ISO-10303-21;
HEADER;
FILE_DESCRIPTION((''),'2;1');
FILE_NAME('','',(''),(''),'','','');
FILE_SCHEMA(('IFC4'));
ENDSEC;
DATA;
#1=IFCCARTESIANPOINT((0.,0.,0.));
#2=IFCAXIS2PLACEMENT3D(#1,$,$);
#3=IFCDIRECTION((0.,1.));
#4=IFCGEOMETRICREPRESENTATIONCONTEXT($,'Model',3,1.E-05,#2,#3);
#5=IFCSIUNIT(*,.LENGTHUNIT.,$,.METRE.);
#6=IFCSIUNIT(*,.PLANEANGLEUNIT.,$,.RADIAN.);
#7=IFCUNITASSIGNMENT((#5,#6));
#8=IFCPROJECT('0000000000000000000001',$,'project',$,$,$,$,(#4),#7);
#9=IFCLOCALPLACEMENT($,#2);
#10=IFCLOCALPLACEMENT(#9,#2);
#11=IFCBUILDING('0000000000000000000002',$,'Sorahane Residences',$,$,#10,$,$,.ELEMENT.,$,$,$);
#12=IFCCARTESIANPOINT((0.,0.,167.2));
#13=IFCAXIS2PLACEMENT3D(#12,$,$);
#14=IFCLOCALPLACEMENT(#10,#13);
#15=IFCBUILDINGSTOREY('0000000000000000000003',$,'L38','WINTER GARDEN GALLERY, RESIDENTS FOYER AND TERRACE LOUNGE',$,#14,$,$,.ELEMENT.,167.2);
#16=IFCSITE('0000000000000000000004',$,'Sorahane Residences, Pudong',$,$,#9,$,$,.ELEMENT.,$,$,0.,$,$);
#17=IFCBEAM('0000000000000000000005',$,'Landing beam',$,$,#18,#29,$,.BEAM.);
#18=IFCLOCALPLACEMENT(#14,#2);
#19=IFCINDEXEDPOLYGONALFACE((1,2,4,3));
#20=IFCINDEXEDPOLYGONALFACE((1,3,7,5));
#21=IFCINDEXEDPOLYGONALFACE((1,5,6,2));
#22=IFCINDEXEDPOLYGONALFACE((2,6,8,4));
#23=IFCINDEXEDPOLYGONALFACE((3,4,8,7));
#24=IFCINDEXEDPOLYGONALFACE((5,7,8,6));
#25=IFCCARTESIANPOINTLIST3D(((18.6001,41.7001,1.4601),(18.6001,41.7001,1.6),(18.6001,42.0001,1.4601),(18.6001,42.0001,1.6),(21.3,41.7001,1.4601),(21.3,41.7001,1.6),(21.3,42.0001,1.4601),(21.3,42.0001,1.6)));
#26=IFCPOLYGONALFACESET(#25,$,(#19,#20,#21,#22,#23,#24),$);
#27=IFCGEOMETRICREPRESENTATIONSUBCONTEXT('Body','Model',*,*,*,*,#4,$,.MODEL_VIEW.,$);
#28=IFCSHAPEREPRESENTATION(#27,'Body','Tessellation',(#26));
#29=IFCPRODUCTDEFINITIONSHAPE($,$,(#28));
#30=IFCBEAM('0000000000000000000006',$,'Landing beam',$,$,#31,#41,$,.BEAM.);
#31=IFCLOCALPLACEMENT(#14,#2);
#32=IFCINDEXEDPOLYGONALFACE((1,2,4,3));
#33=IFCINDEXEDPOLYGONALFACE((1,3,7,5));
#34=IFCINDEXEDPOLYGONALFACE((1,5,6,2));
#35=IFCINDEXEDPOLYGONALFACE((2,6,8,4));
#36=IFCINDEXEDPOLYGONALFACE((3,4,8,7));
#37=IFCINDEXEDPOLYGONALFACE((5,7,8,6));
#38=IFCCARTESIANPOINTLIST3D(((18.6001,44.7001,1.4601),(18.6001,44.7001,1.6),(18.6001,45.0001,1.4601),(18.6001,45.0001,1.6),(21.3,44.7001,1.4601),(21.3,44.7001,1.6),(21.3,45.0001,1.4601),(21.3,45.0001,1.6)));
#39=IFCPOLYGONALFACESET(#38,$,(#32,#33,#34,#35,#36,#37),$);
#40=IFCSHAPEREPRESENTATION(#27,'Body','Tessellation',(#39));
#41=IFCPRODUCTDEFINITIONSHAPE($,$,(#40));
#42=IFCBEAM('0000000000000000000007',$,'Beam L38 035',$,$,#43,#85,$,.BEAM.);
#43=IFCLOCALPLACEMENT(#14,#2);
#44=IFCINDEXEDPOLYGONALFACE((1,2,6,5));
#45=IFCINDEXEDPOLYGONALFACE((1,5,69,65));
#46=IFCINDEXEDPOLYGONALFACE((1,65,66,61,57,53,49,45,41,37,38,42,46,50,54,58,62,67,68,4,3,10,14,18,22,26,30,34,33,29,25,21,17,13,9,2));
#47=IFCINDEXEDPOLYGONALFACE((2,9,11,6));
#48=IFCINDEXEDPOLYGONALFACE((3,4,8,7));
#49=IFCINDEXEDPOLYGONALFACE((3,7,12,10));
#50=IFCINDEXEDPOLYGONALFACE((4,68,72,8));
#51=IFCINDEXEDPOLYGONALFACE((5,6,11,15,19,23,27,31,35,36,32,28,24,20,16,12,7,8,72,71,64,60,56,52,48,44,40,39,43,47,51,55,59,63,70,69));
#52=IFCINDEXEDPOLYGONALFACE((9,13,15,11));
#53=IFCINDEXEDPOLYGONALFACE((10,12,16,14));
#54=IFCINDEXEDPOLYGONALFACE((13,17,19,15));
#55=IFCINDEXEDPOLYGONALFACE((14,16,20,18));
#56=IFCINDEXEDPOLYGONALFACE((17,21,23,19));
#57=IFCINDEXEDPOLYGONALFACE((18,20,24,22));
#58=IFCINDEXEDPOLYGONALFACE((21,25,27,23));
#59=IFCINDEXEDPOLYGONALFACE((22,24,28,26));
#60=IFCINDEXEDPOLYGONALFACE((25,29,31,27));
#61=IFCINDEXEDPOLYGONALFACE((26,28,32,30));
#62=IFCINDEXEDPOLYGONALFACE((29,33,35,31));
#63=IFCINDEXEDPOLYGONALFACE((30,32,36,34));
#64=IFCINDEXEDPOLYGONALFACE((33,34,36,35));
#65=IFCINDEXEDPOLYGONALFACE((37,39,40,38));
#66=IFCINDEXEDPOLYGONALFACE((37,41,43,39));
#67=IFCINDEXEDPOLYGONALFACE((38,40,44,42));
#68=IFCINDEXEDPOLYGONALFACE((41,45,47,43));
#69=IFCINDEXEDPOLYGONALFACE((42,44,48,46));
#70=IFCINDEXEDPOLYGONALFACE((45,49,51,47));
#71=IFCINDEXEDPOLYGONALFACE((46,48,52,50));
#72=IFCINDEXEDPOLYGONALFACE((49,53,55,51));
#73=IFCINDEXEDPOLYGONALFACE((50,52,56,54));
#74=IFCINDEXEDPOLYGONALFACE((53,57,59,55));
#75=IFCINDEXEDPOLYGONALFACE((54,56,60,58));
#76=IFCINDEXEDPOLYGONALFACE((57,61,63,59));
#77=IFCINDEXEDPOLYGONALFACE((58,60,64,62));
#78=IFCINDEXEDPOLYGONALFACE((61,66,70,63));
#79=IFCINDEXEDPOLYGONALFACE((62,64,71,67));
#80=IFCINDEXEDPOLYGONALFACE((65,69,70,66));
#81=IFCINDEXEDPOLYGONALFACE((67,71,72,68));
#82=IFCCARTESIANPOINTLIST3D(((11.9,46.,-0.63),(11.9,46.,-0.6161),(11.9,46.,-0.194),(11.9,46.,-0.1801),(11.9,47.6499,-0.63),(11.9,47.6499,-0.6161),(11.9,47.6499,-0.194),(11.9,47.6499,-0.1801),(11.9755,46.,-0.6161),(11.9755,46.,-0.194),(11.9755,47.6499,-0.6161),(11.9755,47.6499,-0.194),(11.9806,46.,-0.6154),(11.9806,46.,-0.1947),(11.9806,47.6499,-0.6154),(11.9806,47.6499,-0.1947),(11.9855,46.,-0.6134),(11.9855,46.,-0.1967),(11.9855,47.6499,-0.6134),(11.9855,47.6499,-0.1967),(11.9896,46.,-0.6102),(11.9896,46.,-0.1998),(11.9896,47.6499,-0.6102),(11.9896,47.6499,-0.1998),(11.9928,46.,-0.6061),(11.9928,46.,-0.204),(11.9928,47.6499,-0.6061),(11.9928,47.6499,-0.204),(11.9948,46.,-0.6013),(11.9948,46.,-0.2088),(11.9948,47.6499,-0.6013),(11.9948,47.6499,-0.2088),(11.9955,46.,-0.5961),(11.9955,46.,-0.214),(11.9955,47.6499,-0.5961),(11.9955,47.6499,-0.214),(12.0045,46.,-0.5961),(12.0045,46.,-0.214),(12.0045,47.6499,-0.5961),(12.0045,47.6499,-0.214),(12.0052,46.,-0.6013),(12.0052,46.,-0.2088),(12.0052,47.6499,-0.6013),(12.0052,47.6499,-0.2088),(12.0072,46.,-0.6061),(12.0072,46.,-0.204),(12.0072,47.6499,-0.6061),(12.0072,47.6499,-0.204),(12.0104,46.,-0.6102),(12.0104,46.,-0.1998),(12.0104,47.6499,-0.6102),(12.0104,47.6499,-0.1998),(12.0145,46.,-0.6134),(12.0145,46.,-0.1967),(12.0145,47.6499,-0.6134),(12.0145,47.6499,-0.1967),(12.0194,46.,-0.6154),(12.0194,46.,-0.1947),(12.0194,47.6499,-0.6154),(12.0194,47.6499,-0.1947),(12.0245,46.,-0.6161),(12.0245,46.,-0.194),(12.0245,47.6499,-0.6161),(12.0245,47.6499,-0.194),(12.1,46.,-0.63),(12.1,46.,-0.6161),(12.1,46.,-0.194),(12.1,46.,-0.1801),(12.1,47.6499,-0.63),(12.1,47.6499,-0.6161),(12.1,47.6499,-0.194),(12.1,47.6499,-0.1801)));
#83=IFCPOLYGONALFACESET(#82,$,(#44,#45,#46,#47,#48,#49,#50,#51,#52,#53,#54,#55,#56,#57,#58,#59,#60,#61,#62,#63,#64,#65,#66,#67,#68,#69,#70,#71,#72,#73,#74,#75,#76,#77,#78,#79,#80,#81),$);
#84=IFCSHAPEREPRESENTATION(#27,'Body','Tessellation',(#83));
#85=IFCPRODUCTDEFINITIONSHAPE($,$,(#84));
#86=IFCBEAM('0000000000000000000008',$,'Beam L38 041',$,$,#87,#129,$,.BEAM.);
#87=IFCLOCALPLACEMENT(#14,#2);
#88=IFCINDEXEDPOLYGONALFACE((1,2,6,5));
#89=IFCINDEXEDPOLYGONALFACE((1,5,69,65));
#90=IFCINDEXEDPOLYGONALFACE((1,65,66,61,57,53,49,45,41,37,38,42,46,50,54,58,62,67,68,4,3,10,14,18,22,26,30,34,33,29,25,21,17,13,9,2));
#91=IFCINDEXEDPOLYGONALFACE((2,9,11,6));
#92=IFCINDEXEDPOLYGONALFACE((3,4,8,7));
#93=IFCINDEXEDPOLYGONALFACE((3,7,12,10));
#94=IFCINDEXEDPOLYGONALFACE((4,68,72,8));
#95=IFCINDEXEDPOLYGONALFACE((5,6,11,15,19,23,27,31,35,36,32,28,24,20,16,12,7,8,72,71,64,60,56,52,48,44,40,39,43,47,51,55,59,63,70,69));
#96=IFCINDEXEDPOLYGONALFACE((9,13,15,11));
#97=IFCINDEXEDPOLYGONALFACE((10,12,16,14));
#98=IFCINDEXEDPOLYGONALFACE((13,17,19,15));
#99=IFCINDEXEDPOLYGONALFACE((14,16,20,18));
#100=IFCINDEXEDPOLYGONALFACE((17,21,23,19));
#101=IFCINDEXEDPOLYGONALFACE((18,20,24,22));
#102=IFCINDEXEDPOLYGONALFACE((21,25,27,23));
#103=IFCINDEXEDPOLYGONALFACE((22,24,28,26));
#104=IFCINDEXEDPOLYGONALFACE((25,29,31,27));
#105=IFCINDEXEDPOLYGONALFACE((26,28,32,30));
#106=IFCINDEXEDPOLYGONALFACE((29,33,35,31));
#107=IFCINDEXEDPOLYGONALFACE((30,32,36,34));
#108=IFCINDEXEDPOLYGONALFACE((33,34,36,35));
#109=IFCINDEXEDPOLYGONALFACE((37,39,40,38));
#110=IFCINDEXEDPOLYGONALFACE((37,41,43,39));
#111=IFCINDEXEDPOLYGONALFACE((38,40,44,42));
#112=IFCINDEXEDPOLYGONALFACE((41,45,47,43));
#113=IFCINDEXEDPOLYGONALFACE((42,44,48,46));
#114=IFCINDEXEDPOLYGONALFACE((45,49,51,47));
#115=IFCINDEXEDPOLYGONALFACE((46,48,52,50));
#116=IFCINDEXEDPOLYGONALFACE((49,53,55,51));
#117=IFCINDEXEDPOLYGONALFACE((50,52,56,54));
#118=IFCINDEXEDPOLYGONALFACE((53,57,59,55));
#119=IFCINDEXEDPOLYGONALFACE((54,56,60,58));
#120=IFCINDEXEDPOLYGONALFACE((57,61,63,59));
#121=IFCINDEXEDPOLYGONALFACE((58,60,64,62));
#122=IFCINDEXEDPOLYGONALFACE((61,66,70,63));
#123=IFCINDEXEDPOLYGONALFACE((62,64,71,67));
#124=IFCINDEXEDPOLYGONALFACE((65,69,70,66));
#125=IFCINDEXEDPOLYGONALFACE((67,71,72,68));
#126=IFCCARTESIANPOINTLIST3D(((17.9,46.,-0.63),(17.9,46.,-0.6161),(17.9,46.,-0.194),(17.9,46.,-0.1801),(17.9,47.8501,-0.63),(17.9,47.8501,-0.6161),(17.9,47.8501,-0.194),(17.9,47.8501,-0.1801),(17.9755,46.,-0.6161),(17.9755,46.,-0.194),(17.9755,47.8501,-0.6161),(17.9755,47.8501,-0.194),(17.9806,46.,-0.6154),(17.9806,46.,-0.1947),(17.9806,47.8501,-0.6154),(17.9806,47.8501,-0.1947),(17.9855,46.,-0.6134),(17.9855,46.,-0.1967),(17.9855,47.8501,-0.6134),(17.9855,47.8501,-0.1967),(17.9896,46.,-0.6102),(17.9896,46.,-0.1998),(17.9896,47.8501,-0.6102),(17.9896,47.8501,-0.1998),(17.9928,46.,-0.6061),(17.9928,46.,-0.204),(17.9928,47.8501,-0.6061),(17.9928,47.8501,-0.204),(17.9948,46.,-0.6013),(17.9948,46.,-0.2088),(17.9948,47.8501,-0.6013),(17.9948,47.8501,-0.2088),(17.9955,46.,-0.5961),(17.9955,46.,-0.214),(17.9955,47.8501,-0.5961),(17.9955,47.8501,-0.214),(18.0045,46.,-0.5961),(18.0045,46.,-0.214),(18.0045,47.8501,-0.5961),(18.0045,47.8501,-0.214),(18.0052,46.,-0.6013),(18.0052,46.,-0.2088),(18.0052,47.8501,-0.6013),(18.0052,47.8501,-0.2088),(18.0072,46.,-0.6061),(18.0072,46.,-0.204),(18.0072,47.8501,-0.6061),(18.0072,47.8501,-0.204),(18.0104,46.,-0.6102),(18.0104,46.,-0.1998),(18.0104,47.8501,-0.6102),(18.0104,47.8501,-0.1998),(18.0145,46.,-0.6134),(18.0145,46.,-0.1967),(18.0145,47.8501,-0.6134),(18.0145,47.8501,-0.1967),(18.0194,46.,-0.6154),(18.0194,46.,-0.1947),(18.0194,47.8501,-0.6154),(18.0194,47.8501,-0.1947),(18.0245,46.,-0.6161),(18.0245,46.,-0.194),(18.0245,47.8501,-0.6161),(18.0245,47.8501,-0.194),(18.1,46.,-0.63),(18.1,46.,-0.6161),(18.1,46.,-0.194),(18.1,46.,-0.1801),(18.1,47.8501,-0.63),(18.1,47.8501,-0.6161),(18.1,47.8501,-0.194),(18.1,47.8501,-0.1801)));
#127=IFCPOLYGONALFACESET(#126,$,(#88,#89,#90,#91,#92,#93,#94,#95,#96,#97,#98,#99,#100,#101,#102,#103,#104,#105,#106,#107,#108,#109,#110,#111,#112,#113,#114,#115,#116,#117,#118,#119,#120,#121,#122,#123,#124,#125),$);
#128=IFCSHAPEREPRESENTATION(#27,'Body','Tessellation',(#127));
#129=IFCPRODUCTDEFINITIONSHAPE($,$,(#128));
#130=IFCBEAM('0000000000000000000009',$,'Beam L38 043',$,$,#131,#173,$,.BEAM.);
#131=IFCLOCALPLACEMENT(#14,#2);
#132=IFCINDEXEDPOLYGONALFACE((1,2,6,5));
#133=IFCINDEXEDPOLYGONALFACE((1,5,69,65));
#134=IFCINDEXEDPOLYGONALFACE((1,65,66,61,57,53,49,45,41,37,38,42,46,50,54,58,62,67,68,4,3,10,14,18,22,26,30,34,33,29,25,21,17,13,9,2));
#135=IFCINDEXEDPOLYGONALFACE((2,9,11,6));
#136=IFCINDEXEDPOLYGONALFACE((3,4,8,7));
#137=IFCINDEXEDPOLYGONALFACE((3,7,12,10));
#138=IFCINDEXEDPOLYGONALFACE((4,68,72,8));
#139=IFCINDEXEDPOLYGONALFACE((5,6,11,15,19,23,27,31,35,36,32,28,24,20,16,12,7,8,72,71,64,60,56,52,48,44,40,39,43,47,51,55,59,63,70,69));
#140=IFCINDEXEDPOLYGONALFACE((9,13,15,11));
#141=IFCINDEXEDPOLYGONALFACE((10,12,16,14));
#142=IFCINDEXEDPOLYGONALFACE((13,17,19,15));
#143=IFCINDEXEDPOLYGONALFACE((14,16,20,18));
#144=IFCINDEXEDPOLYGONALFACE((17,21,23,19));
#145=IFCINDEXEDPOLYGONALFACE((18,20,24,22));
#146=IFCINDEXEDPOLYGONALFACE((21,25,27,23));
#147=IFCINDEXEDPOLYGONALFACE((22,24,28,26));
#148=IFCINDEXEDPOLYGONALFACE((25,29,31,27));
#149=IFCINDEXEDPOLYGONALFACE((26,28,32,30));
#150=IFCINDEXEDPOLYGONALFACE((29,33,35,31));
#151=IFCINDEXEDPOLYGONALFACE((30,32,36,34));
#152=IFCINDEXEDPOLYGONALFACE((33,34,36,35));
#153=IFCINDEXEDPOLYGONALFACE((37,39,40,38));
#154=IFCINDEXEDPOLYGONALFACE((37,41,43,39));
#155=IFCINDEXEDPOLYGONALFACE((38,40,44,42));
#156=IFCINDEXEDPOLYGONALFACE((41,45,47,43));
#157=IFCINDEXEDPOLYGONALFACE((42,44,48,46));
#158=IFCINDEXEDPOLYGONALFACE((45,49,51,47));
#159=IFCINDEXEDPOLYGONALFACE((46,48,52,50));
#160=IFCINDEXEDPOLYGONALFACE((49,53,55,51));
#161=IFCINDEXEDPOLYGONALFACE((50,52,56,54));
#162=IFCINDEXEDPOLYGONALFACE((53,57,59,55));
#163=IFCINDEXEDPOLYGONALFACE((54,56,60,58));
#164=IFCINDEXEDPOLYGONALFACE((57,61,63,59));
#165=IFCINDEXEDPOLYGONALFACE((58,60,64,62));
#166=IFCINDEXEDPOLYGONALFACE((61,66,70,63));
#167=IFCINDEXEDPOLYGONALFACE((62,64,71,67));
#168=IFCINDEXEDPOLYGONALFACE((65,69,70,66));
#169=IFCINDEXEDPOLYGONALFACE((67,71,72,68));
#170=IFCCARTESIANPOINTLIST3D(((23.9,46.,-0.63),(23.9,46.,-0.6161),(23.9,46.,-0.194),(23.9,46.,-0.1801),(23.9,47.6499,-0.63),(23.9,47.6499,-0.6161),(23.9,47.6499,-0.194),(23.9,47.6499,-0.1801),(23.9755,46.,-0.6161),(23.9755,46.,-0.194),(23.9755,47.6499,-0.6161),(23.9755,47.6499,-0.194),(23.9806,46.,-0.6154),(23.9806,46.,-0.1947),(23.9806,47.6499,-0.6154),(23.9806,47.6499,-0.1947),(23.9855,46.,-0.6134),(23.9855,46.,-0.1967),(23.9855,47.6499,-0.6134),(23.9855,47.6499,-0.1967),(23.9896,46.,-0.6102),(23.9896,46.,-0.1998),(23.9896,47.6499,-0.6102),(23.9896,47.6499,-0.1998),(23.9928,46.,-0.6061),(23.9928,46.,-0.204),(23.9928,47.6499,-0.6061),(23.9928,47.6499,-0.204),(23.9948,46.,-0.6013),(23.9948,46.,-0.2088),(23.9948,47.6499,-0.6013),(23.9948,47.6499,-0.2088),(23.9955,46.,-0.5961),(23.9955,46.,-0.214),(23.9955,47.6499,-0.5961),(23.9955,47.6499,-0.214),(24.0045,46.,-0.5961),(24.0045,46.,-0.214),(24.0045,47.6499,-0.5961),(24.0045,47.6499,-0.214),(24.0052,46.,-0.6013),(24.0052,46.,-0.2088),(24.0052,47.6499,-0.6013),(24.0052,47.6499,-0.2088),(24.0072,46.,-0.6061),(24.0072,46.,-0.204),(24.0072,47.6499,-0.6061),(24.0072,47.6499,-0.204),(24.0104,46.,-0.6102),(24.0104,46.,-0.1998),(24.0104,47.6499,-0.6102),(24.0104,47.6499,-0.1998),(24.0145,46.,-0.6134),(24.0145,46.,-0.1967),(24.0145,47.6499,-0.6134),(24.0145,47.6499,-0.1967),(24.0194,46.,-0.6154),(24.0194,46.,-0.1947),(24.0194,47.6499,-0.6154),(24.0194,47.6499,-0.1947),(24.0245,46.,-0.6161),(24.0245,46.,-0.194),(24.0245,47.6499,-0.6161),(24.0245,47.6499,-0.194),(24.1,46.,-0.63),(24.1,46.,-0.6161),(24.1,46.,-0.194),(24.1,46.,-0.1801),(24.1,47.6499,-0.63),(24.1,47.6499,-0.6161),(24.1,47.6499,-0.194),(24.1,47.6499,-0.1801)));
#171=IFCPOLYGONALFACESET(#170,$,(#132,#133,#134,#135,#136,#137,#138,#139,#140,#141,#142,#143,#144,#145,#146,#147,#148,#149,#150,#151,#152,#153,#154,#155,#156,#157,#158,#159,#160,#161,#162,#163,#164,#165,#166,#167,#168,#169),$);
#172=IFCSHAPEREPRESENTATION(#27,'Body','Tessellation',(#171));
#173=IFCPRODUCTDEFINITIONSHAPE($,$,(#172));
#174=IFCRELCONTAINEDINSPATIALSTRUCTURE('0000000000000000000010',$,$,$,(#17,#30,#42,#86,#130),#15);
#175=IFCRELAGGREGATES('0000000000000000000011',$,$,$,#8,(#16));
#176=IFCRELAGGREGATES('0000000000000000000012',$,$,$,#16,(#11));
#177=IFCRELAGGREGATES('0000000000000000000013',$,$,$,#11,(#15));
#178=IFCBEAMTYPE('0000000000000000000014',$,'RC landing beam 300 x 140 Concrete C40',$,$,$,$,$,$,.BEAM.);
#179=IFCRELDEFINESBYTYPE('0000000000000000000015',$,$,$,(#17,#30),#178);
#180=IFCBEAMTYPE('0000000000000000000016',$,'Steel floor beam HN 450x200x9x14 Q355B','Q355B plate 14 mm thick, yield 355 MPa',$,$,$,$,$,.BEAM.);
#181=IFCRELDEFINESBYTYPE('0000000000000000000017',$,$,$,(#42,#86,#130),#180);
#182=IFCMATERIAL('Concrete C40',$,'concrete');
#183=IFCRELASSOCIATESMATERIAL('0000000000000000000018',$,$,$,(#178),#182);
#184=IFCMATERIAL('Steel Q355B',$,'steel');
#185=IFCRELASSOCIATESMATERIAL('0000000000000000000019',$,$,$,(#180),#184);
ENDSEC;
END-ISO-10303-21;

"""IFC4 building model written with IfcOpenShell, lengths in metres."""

from ifc_helpers import new_model, si_unit, direction, frame, origin, origin_2d, place, context, subcontext, project, spatial, rectangle, i_section, extrude, material, material_profile, profile_set, type_object, element, save


model = new_model("IFC4")

# Units and contexts
model_context = context("Model", 3, precision=1e-05, world=origin(), true_north=direction((0.0, 1.0)))
body_context = subcontext(model_context, "Body", "Model", "MODEL_VIEW")
ifc_project = project(units=[si_unit("LENGTHUNIT", "METRE"), si_unit("PLANEANGLEUNIT", "RADIAN")], contexts=[model_context])

# Site, building, storey
site_placement = place(None, origin())
site = spatial("IfcSite", under=ifc_project, at=site_placement, Name="Sorahane Residences, Pudong", CompositionType="ELEMENT", RefElevation=0.0)
building_placement = place(site_placement, origin())
building = spatial("IfcBuilding", under=site, at=building_placement, Name="Sorahane Residences", CompositionType="ELEMENT")
storey_placement = place(building_placement, frame((0.0, 0.0, 167.2)))
storey = spatial("IfcBuildingStorey", under=building, at=storey_placement, Name="L38", Description="WINTER GARDEN GALLERY, RESIDENTS FOYER AND TERRACE LOUNGE", CompositionType="ELEMENT", Elevation=167.2)

# Beams
ifc_material_1 = material(Name="Concrete C40", Category="concrete")
ifc_material_profile_1 = material_profile(ifc_material_1, rectangle(XDim=0.3, YDim=0.1399, at=origin_2d()), Name="300x140")
ifc_profile_set_1 = profile_set([ifc_material_profile_1], Name="Concrete C40")
beam_type_1 = type_object("IfcBeamType", Name="RC landing beam 300 x 140 Concrete C40", PredefinedType="BEAM", material=ifc_profile_set_1)
for number, where, z_axis, x_axis, name in (
    (1, (18.6001, 41.8501, 1.53), (1.0, 0.0, 0.0), (0.0, 1.0, 0.0), "Landing beam"),
    (2, (18.6001, 44.8501, 1.53), (1.0, 0.0, 0.0), (0.0, 1.0, 0.0), "Landing beam"),
):
    element("IfcBeam", number, at=place(storey_placement, frame(where, z_axis=z_axis, x_axis=x_axis)), inside=storey, type_object=beam_type_1, Name=name, PredefinedType="BEAM", context=body_context, shape_type="SweptSolid", body=[
        extrude(rectangle(XDim=0.3, YDim=0.1399, at=origin_2d()), origin(), (0.0, 0.0, 1.0), 2.7),
    ])
ifc_material_2 = material(Name="Steel Q355B", Category="steel")
ifc_material_profile_2 = material_profile(ifc_material_2, i_section(OverallWidth=0.2, OverallDepth=0.45, WebThickness=0.009, FlangeThickness=0.0139, FilletRadius=0.02, at=origin_2d()), Name="HN 450x200x9x14")
ifc_profile_set_2 = profile_set([ifc_material_profile_2], Name="Steel Q355B")
beam_type_2 = type_object("IfcBeamType", Name="Steel floor beam HN 450x200x9x14 Q355B", Description="Q355B plate 14 mm thick, yield 355 MPa", PredefinedType="BEAM", material=ifc_profile_set_2)
beam_1_placement = place(storey_placement, frame((12.0, 46.0, -0.405), z_axis=(0.0, 1.0, 0.0), x_axis=(-1.0, 0.0, 0.0)))
element("IfcBeam", 3, at=beam_1_placement, inside=storey, type_object=beam_type_2, Name="Beam L38 035", PredefinedType="BEAM", context=body_context, shape_type="SweptSolid", body=[
    extrude(i_section(OverallWidth=0.2, OverallDepth=0.45, WebThickness=0.009, FlangeThickness=0.0139, FilletRadius=0.02, at=origin_2d()), origin(), (0.0, 0.0, 1.0), 1.6499),
])
beam_2_placement = place(storey_placement, frame((18.0, 46.0, -0.405), z_axis=(0.0, 1.0, 0.0), x_axis=(-1.0, 0.0, 0.0)))
element("IfcBeam", 4, at=beam_2_placement, inside=storey, type_object=beam_type_2, Name="Beam L38 041", PredefinedType="BEAM", context=body_context, shape_type="SweptSolid", body=[
    extrude(i_section(OverallWidth=0.2, OverallDepth=0.45, WebThickness=0.009, FlangeThickness=0.0139, FilletRadius=0.02, at=origin_2d()), origin(), (0.0, 0.0, 1.0), 1.8501),
])
beam_3_placement = place(storey_placement, frame((24.0, 46.0, -0.405), z_axis=(0.0, 1.0, 0.0), x_axis=(-1.0, 0.0, 0.0)))
element("IfcBeam", 5, at=beam_3_placement, inside=storey, type_object=beam_type_2, Name="Beam L38 043", PredefinedType="BEAM", context=body_context, shape_type="SweptSolid", body=[
    extrude(i_section(OverallWidth=0.2, OverallDepth=0.45, WebThickness=0.009, FlangeThickness=0.0139, FilletRadius=0.02, at=origin_2d()), origin(), (0.0, 0.0, 1.0), 1.6499),
])

save(model, "model.ifc")
